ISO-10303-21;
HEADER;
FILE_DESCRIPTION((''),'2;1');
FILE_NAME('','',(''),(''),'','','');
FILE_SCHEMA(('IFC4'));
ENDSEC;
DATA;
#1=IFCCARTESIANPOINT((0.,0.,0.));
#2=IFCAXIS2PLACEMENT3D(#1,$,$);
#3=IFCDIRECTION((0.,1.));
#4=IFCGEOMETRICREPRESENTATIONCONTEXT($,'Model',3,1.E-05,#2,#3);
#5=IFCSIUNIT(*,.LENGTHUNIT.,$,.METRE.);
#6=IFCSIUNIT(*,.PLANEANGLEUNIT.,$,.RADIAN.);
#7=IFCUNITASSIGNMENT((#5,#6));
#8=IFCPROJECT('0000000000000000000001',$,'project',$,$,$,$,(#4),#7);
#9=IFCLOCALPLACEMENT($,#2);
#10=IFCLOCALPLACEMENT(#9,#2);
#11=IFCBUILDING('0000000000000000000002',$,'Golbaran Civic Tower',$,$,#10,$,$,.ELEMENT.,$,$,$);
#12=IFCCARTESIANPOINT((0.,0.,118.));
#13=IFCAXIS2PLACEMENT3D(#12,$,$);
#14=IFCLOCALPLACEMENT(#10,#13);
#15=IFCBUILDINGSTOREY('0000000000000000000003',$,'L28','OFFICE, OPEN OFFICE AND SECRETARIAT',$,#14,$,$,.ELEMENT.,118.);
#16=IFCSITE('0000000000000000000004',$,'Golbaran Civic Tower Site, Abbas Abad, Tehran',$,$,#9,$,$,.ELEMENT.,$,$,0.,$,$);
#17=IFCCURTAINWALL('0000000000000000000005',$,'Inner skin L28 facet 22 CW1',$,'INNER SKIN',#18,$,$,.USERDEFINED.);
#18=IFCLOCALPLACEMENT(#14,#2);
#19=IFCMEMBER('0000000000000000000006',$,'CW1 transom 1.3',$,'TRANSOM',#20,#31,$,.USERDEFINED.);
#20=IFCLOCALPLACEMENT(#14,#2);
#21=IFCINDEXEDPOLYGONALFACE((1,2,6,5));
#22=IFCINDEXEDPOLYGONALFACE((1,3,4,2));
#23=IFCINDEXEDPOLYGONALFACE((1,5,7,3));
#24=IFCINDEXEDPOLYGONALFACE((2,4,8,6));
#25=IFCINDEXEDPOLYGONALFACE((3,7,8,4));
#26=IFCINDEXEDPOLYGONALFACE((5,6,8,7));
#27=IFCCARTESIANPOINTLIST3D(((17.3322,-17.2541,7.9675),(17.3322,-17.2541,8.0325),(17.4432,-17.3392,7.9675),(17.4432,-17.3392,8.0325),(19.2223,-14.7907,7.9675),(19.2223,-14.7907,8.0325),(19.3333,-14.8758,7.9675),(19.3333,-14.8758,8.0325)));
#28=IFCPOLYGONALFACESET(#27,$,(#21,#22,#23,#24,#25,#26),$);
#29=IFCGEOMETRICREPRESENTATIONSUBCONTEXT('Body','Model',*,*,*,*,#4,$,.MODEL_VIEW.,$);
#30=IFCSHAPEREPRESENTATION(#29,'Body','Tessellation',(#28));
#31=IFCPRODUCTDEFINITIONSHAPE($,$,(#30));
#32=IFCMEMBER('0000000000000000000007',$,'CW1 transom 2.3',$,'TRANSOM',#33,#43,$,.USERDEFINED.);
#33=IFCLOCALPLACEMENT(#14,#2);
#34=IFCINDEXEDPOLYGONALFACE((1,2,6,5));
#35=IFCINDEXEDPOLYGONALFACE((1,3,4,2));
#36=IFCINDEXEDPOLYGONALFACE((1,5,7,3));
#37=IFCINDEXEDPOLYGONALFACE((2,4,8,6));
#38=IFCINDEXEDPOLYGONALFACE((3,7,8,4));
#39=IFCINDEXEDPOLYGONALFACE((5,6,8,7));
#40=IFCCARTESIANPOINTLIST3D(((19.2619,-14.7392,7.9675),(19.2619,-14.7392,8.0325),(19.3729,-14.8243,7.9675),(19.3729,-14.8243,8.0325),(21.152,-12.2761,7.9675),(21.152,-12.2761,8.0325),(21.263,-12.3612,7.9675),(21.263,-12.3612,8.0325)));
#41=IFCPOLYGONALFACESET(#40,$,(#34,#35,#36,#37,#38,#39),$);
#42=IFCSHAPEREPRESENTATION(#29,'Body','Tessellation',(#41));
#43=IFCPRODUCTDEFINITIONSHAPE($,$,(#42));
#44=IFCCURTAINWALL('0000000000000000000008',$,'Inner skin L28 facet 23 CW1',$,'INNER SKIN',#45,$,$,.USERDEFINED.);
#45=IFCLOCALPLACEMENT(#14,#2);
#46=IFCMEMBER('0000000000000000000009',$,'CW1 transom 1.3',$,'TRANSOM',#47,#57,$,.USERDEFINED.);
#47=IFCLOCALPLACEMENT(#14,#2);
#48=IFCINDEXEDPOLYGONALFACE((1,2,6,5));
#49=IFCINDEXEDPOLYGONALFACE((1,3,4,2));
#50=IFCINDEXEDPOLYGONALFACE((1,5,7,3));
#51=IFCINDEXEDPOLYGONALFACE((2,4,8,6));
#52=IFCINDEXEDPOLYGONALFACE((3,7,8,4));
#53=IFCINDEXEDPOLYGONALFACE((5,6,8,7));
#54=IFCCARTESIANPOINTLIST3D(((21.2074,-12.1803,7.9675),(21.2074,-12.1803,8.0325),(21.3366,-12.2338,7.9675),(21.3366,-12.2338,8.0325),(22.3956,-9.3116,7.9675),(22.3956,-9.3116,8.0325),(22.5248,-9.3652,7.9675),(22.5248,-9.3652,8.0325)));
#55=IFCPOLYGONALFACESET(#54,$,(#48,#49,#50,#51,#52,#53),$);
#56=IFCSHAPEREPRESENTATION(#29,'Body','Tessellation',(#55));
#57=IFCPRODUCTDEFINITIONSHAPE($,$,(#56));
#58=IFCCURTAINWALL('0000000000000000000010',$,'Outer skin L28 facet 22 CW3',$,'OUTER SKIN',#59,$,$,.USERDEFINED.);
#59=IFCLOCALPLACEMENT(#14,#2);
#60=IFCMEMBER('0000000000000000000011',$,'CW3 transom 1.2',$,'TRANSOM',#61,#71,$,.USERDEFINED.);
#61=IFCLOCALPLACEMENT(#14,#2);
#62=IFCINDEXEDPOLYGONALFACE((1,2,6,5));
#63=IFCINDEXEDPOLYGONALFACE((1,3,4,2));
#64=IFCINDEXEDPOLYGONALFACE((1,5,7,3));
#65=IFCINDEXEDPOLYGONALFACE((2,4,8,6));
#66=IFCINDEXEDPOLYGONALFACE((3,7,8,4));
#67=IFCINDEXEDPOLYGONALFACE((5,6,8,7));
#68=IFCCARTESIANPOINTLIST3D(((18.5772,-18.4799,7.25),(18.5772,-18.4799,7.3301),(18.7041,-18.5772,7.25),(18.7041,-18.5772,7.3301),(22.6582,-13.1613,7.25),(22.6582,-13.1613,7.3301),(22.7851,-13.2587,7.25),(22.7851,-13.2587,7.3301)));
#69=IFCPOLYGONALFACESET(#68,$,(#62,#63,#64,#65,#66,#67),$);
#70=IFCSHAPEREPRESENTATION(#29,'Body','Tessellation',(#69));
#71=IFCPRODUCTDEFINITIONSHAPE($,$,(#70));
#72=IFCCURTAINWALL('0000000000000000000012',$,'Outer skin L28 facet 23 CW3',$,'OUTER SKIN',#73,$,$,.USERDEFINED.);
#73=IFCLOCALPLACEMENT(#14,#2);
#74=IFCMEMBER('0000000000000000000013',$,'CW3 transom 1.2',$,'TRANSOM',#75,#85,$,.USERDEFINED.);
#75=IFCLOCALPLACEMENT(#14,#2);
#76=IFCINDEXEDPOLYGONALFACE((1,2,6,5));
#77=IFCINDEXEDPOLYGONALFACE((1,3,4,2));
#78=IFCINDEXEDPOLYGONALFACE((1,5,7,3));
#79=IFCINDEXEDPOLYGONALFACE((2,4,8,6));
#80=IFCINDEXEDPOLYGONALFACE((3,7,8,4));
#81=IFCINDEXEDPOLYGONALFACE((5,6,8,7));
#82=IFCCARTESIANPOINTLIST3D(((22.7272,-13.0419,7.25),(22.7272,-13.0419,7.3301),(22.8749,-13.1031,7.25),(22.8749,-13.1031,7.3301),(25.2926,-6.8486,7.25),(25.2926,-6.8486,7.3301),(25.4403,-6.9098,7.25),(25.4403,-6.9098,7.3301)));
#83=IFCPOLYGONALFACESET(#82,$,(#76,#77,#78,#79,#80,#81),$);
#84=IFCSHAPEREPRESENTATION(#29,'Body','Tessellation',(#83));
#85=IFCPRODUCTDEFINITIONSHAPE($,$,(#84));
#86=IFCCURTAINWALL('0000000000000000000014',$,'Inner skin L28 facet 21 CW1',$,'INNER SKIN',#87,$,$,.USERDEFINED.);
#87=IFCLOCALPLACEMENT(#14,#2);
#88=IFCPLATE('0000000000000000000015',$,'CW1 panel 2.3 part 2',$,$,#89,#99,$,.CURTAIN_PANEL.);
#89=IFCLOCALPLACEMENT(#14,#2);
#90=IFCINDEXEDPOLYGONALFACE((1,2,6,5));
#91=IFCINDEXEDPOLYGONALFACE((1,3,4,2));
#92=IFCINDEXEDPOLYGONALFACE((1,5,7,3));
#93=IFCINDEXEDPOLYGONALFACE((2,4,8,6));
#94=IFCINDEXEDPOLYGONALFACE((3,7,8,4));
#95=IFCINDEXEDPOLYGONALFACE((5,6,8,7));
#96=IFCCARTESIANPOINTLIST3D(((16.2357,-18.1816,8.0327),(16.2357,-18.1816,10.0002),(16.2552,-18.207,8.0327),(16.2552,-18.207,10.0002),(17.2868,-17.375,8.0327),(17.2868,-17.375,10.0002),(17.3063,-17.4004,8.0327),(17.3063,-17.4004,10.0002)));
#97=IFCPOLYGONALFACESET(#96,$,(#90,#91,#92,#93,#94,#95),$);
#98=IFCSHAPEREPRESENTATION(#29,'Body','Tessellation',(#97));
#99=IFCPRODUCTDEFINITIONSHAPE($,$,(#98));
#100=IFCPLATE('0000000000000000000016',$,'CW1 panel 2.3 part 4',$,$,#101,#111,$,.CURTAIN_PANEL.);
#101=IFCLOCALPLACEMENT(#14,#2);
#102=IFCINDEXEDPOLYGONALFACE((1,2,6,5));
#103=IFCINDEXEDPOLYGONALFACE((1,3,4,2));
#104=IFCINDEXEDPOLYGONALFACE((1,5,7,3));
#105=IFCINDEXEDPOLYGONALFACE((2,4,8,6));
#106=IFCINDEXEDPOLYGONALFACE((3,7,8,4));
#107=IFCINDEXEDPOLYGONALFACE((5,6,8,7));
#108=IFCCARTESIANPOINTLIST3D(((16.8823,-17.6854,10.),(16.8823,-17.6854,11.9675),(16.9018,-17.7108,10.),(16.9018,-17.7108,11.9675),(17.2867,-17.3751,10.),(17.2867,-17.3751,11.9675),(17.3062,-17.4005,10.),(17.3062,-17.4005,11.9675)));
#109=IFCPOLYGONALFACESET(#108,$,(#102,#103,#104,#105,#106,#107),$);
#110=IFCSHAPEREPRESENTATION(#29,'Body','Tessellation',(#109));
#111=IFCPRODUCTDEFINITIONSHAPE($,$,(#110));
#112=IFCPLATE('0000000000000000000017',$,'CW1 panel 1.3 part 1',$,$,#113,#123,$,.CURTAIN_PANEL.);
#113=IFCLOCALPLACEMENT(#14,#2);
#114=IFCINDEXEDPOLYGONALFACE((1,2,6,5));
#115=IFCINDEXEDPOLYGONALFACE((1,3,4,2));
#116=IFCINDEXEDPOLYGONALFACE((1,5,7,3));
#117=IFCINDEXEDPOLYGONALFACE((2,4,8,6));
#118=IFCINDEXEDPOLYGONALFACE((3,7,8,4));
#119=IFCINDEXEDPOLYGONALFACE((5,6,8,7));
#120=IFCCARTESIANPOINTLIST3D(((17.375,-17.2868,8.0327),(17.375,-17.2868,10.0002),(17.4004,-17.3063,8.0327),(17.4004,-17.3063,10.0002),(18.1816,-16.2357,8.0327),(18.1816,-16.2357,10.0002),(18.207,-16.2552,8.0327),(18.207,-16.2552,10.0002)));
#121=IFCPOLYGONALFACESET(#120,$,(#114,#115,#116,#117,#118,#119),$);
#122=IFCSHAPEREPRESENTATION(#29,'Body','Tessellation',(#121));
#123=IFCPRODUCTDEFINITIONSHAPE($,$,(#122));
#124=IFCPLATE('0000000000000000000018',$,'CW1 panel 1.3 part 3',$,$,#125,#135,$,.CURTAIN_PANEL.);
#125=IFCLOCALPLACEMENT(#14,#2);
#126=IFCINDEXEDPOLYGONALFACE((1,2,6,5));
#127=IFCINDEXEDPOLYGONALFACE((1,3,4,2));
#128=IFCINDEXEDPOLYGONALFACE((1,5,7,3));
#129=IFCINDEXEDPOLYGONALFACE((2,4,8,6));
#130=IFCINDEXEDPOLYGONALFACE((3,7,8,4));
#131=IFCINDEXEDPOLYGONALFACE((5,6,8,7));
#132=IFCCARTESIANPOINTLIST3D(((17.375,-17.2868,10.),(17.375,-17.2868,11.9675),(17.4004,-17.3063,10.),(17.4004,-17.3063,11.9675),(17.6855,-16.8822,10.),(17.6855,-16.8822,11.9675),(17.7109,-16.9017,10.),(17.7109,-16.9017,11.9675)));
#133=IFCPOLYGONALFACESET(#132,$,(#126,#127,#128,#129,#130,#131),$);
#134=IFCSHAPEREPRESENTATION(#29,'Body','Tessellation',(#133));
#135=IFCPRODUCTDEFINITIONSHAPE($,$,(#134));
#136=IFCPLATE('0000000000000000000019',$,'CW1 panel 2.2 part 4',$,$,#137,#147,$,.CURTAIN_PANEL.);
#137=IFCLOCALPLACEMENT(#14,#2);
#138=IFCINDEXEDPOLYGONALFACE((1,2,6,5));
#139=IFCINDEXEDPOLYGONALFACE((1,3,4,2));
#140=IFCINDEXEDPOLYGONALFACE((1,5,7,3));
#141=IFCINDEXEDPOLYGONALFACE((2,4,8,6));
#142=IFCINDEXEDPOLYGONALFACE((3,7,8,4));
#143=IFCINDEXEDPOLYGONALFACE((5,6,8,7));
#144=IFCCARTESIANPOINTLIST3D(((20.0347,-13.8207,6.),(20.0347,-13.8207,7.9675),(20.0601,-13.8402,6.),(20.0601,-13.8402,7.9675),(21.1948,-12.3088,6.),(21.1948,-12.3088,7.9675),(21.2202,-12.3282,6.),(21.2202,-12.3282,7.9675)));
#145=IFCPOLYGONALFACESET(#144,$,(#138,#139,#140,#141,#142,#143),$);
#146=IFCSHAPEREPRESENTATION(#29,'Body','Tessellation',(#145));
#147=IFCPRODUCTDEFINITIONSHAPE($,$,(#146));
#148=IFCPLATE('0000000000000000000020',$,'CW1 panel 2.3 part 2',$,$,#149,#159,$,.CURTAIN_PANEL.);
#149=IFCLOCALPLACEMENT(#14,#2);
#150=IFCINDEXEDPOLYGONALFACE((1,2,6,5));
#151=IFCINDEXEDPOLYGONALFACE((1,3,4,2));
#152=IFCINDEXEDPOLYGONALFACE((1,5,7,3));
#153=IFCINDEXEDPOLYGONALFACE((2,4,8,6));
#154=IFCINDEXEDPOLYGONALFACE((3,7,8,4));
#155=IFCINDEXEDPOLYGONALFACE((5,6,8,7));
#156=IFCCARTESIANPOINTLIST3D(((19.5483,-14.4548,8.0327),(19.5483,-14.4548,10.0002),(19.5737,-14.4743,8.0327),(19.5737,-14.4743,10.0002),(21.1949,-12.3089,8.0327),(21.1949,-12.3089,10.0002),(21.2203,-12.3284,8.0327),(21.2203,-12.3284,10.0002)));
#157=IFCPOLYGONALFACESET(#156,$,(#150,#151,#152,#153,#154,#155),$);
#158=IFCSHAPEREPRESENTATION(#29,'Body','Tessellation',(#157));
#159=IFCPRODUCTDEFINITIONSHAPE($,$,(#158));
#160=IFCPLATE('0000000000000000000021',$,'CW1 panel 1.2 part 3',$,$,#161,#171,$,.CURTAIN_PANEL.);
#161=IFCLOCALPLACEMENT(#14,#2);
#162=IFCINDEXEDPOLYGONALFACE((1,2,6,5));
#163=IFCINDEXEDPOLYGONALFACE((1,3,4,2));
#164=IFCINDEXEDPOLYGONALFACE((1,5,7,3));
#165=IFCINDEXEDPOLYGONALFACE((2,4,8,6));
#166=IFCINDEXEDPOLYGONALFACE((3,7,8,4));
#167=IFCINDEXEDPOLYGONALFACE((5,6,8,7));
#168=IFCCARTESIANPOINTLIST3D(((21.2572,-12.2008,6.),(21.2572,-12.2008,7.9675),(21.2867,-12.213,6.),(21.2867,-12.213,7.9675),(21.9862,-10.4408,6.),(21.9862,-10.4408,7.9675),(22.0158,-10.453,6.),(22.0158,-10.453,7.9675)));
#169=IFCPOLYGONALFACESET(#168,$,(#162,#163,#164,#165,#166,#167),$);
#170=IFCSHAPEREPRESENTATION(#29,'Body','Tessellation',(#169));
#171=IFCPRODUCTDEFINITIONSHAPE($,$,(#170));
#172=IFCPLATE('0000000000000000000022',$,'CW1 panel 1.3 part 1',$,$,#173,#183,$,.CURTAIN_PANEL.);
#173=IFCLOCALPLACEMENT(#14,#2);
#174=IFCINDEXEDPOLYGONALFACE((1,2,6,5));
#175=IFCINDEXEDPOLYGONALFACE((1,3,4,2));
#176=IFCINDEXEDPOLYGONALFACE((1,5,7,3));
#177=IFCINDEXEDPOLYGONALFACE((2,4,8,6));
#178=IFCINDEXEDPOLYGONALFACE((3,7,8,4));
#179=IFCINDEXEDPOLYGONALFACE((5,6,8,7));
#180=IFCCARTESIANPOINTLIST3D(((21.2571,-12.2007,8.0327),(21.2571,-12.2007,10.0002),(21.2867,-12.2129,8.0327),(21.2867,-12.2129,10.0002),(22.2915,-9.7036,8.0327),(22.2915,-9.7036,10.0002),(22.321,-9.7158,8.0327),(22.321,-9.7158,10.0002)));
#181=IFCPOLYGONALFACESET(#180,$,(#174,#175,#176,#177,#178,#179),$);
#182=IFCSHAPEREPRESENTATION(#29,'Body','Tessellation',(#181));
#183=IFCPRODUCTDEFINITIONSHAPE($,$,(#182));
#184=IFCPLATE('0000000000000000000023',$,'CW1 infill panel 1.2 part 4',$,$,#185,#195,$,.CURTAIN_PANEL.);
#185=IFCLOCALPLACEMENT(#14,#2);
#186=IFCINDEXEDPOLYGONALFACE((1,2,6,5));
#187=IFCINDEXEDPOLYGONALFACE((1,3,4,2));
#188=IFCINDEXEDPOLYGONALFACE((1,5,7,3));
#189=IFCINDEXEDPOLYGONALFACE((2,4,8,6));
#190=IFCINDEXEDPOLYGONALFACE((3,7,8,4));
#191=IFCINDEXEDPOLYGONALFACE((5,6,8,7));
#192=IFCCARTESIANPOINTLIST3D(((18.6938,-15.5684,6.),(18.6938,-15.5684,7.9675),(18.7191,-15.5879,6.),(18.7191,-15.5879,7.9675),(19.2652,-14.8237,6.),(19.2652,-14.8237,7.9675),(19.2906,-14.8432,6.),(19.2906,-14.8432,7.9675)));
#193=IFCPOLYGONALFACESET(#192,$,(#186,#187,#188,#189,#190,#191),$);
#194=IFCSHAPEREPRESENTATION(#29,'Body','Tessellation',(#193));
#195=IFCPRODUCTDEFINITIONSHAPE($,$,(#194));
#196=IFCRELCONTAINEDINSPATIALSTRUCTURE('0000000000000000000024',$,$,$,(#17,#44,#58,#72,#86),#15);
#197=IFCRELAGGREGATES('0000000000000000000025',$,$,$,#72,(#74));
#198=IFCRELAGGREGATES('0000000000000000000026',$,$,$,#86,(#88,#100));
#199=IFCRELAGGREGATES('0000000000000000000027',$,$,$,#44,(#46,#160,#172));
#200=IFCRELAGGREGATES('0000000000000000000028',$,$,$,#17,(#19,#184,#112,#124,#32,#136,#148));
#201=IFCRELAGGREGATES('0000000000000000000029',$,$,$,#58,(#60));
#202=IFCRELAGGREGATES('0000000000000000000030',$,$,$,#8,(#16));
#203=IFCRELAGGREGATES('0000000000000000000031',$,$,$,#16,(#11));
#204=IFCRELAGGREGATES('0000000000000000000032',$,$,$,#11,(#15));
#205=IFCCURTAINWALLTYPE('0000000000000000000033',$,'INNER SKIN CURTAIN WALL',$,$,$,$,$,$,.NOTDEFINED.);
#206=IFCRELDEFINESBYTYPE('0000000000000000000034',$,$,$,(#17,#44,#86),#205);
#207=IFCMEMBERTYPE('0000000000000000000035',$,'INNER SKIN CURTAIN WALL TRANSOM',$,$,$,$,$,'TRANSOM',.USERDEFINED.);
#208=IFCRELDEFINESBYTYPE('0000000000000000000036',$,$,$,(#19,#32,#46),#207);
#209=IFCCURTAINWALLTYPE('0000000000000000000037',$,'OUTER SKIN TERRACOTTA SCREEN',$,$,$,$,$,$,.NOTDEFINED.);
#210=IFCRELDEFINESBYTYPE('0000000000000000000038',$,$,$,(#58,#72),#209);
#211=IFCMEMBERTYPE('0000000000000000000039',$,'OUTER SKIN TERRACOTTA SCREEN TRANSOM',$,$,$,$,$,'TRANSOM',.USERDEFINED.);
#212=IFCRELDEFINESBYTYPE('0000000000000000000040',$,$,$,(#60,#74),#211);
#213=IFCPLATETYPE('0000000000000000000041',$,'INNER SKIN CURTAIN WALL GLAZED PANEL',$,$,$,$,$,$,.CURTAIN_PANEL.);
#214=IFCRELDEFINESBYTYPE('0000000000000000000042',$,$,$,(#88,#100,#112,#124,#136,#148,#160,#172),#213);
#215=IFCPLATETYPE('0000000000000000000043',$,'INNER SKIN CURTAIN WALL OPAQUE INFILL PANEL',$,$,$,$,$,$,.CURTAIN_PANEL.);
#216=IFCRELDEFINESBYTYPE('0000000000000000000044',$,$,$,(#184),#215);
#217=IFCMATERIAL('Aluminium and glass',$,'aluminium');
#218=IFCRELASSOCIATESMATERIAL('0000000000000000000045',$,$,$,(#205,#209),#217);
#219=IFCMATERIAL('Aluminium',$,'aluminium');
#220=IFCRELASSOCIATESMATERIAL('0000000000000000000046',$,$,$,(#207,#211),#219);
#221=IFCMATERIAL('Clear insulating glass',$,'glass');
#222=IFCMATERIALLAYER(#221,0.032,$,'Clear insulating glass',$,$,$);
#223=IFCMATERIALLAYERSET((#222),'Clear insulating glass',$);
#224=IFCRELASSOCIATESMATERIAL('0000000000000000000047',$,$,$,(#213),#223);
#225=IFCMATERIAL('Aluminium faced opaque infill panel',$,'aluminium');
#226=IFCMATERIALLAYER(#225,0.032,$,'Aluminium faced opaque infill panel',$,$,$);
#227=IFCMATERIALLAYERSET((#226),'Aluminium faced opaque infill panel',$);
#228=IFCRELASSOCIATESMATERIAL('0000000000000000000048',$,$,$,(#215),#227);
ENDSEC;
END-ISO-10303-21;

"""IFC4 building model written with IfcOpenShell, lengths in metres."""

from ifc_helpers import new_model, si_unit, direction, frame, origin, origin_2d, place, context, subcontext, project, spatial, rectangle, extrude, material, layer, layer_set, material_profile, profile_set, type_object, element, aggregate, save


model = new_model("IFC4")

# Units and contexts
model_context = context("Model", 3, precision=1e-05, world=origin(), true_north=direction((0.0, 1.0)))
body_context = subcontext(model_context, "Body", "Model", "MODEL_VIEW")
ifc_project = project(units=[si_unit("LENGTHUNIT", "METRE"), si_unit("PLANEANGLEUNIT", "RADIAN")], contexts=[model_context])

# Site, building, storey
site_placement = place(None, origin())
site = spatial("IfcSite", under=ifc_project, at=site_placement, Name="Golbaran Civic Tower Site, Abbas Abad, Tehran", CompositionType="ELEMENT", RefElevation=0.0)
building_placement = place(site_placement, origin())
building = spatial("IfcBuilding", under=site, at=building_placement, Name="Golbaran Civic Tower", CompositionType="ELEMENT")
storey_placement = place(building_placement, frame((0.0, 0.0, 118.0)))
storey = spatial("IfcBuildingStorey", under=building, at=storey_placement, Name="L28", Description="OFFICE, OPEN OFFICE AND SECRETARIAT", CompositionType="ELEMENT", Elevation=118.0)

# Curtain wall, members
ifc_material_1 = material(Name="Aluminium and glass", Category="aluminium")
curtain_wall_type_1 = type_object("IfcCurtainWallType", Name="INNER SKIN CURTAIN WALL", PredefinedType="NOTDEFINED", material=ifc_material_1)
curtain_wall_1_placement = place(storey_placement, origin())
curtain_wall_1 = element("IfcCurtainWall", 1, at=curtain_wall_1_placement, inside=storey, type_object=curtain_wall_type_1, Name="Inner skin L28 facet 22 CW1", ObjectType="INNER SKIN", PredefinedType="USERDEFINED")
ifc_material_2 = material(Name="Aluminium", Category="aluminium")
ifc_material_profile_1 = material_profile(ifc_material_2, rectangle(XDim=0.1399, YDim=0.0649, at=origin_2d()), Name="INNER SKIN CURTAIN WALL TRANSOM")
ifc_profile_set_1 = profile_set([ifc_material_profile_1], Name="Aluminium")
member_type_1 = type_object("IfcMemberType", Name="INNER SKIN CURTAIN WALL TRANSOM", ElementType="TRANSOM", PredefinedType="USERDEFINED", material=ifc_profile_set_1)
member_1_placement = place(storey_placement, frame((17.3877, -17.2966, 8.0), z_axis=(0.608745, 0.793366, 0.0), x_axis=(-0.793366, 0.608745, 0.0)))
member_1 = element("IfcMember", 2, at=member_1_placement, type_object=member_type_1, Name="CW1 transom 1.3", ObjectType="TRANSOM", PredefinedType="USERDEFINED", context=body_context, shape_type="SweptSolid", body=[
    extrude(rectangle(XDim=0.1399, YDim=0.0649, at=origin_2d()), origin(), (0.0, 0.0, 1.0), 3.105),
])
member_2_placement = place(storey_placement, frame((19.3174, -14.7817, 8.0), z_axis=(0.608783, 0.793337, 0.0), x_axis=(-0.793337, 0.608783, 0.0)))
member_2 = element("IfcMember", 3, at=member_2_placement, type_object=member_type_1, Name="CW1 transom 2.3", ObjectType="TRANSOM", PredefinedType="USERDEFINED", context=body_context, shape_type="SweptSolid", body=[
    extrude(rectangle(XDim=0.1399, YDim=0.0649, at=origin_2d()), origin(), (0.0, 0.0, 1.0), 3.1047),
])

# Curtain walls, members
curtain_wall_2_placement = place(storey_placement, origin())
curtain_wall_2 = element("IfcCurtainWall", 4, at=curtain_wall_2_placement, inside=storey, type_object=curtain_wall_type_1, Name="Inner skin L28 facet 23 CW1", ObjectType="INNER SKIN", PredefinedType="USERDEFINED")
member_3_placement = place(storey_placement, frame((21.272, -12.207, 8.0), z_axis=(0.382683, 0.92388, 0.0), x_axis=(-0.92388, 0.382683, 0.0)))
member_3 = element("IfcMember", 5, at=member_3_placement, type_object=member_type_1, Name="CW1 transom 1.3", ObjectType="TRANSOM", PredefinedType="USERDEFINED", context=body_context, shape_type="SweptSolid", body=[
    extrude(rectangle(XDim=0.1399, YDim=0.0649, at=origin_2d()), origin(), (0.0, 0.0, 1.0), 3.105),
])
curtain_wall_type_2 = type_object("IfcCurtainWallType", Name="OUTER SKIN TERRACOTTA SCREEN", PredefinedType="NOTDEFINED", material=ifc_material_1)
curtain_wall_3_placement = place(storey_placement, origin())
curtain_wall_3 = element("IfcCurtainWall", 6, at=curtain_wall_3_placement, inside=storey, type_object=curtain_wall_type_2, Name="Outer skin L28 facet 22 CW3", ObjectType="OUTER SKIN", PredefinedType="USERDEFINED")
ifc_material_profile_2 = material_profile(ifc_material_2, rectangle(XDim=0.1599, YDim=0.0801, at=origin_2d()), Name="OUTER SKIN TERRACOTTA SCREEN TRANSOM")
ifc_profile_set_2 = profile_set([ifc_material_profile_2], Name="Aluminium")
member_type_2 = type_object("IfcMemberType", Name="OUTER SKIN TERRACOTTA SCREEN TRANSOM", ElementType="TRANSOM", PredefinedType="USERDEFINED", material=ifc_profile_set_2)
member_4_placement = place(storey_placement, frame((18.6406, -18.5286, 7.29), z_axis=(0.608756, 0.793357, 0.0), x_axis=(-0.793357, 0.608756, 0.0)))
member_4 = element("IfcMember", 7, at=member_4_placement, type_object=member_type_2, Name="CW3 transom 1.2", ObjectType="TRANSOM", PredefinedType="USERDEFINED", context=body_context, shape_type="SweptSolid", body=[
    extrude(rectangle(XDim=0.1599, YDim=0.0801, at=origin_2d()), origin(), (0.0, 0.0, 1.0), 6.7039),
])
curtain_wall_4_placement = place(storey_placement, origin())
curtain_wall_4 = element("IfcCurtainWall", 8, at=curtain_wall_4_placement, inside=storey, type_object=curtain_wall_type_2, Name="Outer skin L28 facet 23 CW3", ObjectType="OUTER SKIN", PredefinedType="USERDEFINED")
member_5_placement = place(storey_placement, frame((22.801, -13.0725, 7.29), z_axis=(0.382691, 0.923877, 0.0), x_axis=(-0.923877, 0.382691, 0.0)))
member_5 = element("IfcMember", 9, at=member_5_placement, type_object=member_type_2, Name="CW3 transom 1.2", ObjectType="TRANSOM", PredefinedType="USERDEFINED", context=body_context, shape_type="SweptSolid", body=[
    extrude(rectangle(XDim=0.1599, YDim=0.0801, at=origin_2d()), origin(), (0.0, 0.0, 1.0), 6.7036),
])
aggregate(curtain_wall_4, [member_5])

# Curtain wall, plates
curtain_wall_5_placement = place(storey_placement, origin())
curtain_wall_5 = element("IfcCurtainWall", 10, at=curtain_wall_5_placement, inside=storey, type_object=curtain_wall_type_1, Name="Inner skin L28 facet 21 CW1", ObjectType="INNER SKIN", PredefinedType="USERDEFINED")
ifc_material_3 = material(Name="Clear insulating glass", Category="glass")
ifc_layer_1 = layer(ifc_material_3, 0.032, Name="Clear insulating glass")
ifc_layer_set_1 = layer_set([ifc_layer_1], Name="Clear insulating glass")
plate_type_1 = type_object("IfcPlateType", Name="INNER SKIN CURTAIN WALL GLAZED PANEL", PredefinedType="CURTAIN_PANEL", material=ifc_layer_set_1)
plate_1_placement = place(storey_placement, frame((16.771, -17.791, 8.0327), z_axis=(0.0, 0.0, 1.0), x_axis=(0.793353, 0.608761, 0.0)))
plate_1 = element("IfcPlate", 11, at=plate_1_placement, type_object=plate_type_1, Name="CW1 panel 2.3 part 2", PredefinedType="CURTAIN_PANEL", context=body_context, shape_type="SweptSolid", body=[
    extrude(rectangle(XDim=1.325, YDim=0.032, at=origin_2d()), origin(), (0.0, 0.0, 1.0), 1.9675),
])
plate_2_placement = place(storey_placement, frame((17.0942, -17.543, 10.0), z_axis=(0.0, 0.0, 1.0), x_axis=(0.793353, 0.608761, 0.0)))
plate_2 = element("IfcPlate", 12, at=plate_2_placement, type_object=plate_type_1, Name="CW1 panel 2.3 part 4", PredefinedType="CURTAIN_PANEL", context=body_context, shape_type="SweptSolid", body=[
    extrude(rectangle(XDim=0.5098, YDim=0.032, at=origin_2d()), origin(), (0.0, 0.0, 1.0), 1.9675),
])
aggregate(curtain_wall_5, [plate_1, plate_2])

# Plates
plate_3_placement = place(storey_placement, frame((17.791, -16.771, 8.0327), z_axis=(0.0, 0.0, 1.0), x_axis=(0.608761, 0.793353, 0.0)))
plate_3 = element("IfcPlate", 13, at=plate_3_placement, type_object=plate_type_1, Name="CW1 panel 1.3 part 1", PredefinedType="CURTAIN_PANEL", context=body_context, shape_type="SweptSolid", body=[
    extrude(rectangle(XDim=1.325, YDim=0.032, at=origin_2d()), origin(), (0.0, 0.0, 1.0), 1.9675),
])
plate_4_placement = place(storey_placement, frame((17.543, -17.0942, 10.0), z_axis=(0.0, 0.0, 1.0), x_axis=(0.608761, 0.793353, 0.0)))
plate_4 = element("IfcPlate", 14, at=plate_4_placement, type_object=plate_type_1, Name="CW1 panel 1.3 part 3", PredefinedType="CURTAIN_PANEL", context=body_context, shape_type="SweptSolid", body=[
    extrude(rectangle(XDim=0.51, YDim=0.032, at=origin_2d()), origin(), (0.0, 0.0, 1.0), 1.9675),
])
plate_5_placement = place(storey_placement, frame((20.6274, -13.0745, 6.0), z_axis=(0.0, 0.0, 1.0), x_axis=(0.608761, 0.793353, 0.0)))
plate_5 = element("IfcPlate", 15, at=plate_5_placement, type_object=plate_type_1, Name="CW1 panel 2.2 part 4", PredefinedType="CURTAIN_PANEL", context=body_context, shape_type="SweptSolid", body=[
    extrude(rectangle(XDim=1.9058, YDim=0.032, at=origin_2d()), origin(), (0.0, 0.0, 1.0), 1.9675),
])
plate_6_placement = place(storey_placement, frame((20.3843, -13.3916, 8.0327), z_axis=(0.0, 0.0, 1.0), x_axis=(0.608761, 0.793353, 0.0)))
plate_6 = element("IfcPlate", 16, at=plate_6_placement, type_object=plate_type_1, Name="CW1 panel 2.3 part 2", PredefinedType="CURTAIN_PANEL", context=body_context, shape_type="SweptSolid", body=[
    extrude(rectangle(XDim=2.7048, YDim=0.032, at=origin_2d()), origin(), (0.0, 0.0, 1.0), 1.9675),
])
plate_7_placement = place(storey_placement, frame((21.6365, -11.3269, 6.0), z_axis=(0.0, 0.0, 1.0), x_axis=(0.382683, 0.92388, 0.0)))
plate_7 = element("IfcPlate", 17, at=plate_7_placement, type_object=plate_type_1, Name="CW1 panel 1.2 part 3", PredefinedType="CURTAIN_PANEL", context=body_context, shape_type="SweptSolid", body=[
    extrude(rectangle(XDim=1.905, YDim=0.032, at=origin_2d()), origin(), (0.0, 0.0, 1.0), 1.9675),
])
plate_8_placement = place(storey_placement, frame((21.7891, -10.9583, 8.0327), z_axis=(0.0, 0.0, 1.0), x_axis=(0.382683, 0.92388, 0.0)))
plate_8 = element("IfcPlate", 18, at=plate_8_placement, type_object=plate_type_1, Name="CW1 panel 1.3 part 1", PredefinedType="CURTAIN_PANEL", context=body_context, shape_type="SweptSolid", body=[
    extrude(rectangle(XDim=2.7029, YDim=0.032, at=origin_2d()), origin(), (0.0, 0.0, 1.0), 1.9675),
])
aggregate(curtain_wall_2, [member_3, plate_7, plate_8])
ifc_material_4 = material(Name="Aluminium faced opaque infill panel", Category="aluminium")
ifc_layer_2 = layer(ifc_material_4, 0.032, Name="Aluminium faced opaque infill panel")
ifc_layer_set_2 = layer_set([ifc_layer_2], Name="Aluminium faced opaque infill panel")
plate_type_2 = type_object("IfcPlateType", Name="INNER SKIN CURTAIN WALL OPAQUE INFILL PANEL", PredefinedType="CURTAIN_PANEL", material=ifc_layer_set_2)
plate_9_placement = place(storey_placement, frame((18.9922, -15.2058, 6.0), z_axis=(0.0, 0.0, 1.0), x_axis=(0.608761, 0.793353, 0.0)))
plate_9 = element("IfcPlate", 19, at=plate_9_placement, type_object=plate_type_2, Name="CW1 infill panel 1.2 part 4", PredefinedType="CURTAIN_PANEL", context=body_context, shape_type="SweptSolid", body=[
    extrude(rectangle(XDim=0.9387, YDim=0.032, at=origin_2d()), origin(), (0.0, 0.0, 1.0), 1.9675),
])
aggregate(curtain_wall_1, [member_1, plate_9, plate_3, plate_4, member_2, plate_5, plate_6])
aggregate(curtain_wall_3, [member_4])

save(model, "model.ifc")
